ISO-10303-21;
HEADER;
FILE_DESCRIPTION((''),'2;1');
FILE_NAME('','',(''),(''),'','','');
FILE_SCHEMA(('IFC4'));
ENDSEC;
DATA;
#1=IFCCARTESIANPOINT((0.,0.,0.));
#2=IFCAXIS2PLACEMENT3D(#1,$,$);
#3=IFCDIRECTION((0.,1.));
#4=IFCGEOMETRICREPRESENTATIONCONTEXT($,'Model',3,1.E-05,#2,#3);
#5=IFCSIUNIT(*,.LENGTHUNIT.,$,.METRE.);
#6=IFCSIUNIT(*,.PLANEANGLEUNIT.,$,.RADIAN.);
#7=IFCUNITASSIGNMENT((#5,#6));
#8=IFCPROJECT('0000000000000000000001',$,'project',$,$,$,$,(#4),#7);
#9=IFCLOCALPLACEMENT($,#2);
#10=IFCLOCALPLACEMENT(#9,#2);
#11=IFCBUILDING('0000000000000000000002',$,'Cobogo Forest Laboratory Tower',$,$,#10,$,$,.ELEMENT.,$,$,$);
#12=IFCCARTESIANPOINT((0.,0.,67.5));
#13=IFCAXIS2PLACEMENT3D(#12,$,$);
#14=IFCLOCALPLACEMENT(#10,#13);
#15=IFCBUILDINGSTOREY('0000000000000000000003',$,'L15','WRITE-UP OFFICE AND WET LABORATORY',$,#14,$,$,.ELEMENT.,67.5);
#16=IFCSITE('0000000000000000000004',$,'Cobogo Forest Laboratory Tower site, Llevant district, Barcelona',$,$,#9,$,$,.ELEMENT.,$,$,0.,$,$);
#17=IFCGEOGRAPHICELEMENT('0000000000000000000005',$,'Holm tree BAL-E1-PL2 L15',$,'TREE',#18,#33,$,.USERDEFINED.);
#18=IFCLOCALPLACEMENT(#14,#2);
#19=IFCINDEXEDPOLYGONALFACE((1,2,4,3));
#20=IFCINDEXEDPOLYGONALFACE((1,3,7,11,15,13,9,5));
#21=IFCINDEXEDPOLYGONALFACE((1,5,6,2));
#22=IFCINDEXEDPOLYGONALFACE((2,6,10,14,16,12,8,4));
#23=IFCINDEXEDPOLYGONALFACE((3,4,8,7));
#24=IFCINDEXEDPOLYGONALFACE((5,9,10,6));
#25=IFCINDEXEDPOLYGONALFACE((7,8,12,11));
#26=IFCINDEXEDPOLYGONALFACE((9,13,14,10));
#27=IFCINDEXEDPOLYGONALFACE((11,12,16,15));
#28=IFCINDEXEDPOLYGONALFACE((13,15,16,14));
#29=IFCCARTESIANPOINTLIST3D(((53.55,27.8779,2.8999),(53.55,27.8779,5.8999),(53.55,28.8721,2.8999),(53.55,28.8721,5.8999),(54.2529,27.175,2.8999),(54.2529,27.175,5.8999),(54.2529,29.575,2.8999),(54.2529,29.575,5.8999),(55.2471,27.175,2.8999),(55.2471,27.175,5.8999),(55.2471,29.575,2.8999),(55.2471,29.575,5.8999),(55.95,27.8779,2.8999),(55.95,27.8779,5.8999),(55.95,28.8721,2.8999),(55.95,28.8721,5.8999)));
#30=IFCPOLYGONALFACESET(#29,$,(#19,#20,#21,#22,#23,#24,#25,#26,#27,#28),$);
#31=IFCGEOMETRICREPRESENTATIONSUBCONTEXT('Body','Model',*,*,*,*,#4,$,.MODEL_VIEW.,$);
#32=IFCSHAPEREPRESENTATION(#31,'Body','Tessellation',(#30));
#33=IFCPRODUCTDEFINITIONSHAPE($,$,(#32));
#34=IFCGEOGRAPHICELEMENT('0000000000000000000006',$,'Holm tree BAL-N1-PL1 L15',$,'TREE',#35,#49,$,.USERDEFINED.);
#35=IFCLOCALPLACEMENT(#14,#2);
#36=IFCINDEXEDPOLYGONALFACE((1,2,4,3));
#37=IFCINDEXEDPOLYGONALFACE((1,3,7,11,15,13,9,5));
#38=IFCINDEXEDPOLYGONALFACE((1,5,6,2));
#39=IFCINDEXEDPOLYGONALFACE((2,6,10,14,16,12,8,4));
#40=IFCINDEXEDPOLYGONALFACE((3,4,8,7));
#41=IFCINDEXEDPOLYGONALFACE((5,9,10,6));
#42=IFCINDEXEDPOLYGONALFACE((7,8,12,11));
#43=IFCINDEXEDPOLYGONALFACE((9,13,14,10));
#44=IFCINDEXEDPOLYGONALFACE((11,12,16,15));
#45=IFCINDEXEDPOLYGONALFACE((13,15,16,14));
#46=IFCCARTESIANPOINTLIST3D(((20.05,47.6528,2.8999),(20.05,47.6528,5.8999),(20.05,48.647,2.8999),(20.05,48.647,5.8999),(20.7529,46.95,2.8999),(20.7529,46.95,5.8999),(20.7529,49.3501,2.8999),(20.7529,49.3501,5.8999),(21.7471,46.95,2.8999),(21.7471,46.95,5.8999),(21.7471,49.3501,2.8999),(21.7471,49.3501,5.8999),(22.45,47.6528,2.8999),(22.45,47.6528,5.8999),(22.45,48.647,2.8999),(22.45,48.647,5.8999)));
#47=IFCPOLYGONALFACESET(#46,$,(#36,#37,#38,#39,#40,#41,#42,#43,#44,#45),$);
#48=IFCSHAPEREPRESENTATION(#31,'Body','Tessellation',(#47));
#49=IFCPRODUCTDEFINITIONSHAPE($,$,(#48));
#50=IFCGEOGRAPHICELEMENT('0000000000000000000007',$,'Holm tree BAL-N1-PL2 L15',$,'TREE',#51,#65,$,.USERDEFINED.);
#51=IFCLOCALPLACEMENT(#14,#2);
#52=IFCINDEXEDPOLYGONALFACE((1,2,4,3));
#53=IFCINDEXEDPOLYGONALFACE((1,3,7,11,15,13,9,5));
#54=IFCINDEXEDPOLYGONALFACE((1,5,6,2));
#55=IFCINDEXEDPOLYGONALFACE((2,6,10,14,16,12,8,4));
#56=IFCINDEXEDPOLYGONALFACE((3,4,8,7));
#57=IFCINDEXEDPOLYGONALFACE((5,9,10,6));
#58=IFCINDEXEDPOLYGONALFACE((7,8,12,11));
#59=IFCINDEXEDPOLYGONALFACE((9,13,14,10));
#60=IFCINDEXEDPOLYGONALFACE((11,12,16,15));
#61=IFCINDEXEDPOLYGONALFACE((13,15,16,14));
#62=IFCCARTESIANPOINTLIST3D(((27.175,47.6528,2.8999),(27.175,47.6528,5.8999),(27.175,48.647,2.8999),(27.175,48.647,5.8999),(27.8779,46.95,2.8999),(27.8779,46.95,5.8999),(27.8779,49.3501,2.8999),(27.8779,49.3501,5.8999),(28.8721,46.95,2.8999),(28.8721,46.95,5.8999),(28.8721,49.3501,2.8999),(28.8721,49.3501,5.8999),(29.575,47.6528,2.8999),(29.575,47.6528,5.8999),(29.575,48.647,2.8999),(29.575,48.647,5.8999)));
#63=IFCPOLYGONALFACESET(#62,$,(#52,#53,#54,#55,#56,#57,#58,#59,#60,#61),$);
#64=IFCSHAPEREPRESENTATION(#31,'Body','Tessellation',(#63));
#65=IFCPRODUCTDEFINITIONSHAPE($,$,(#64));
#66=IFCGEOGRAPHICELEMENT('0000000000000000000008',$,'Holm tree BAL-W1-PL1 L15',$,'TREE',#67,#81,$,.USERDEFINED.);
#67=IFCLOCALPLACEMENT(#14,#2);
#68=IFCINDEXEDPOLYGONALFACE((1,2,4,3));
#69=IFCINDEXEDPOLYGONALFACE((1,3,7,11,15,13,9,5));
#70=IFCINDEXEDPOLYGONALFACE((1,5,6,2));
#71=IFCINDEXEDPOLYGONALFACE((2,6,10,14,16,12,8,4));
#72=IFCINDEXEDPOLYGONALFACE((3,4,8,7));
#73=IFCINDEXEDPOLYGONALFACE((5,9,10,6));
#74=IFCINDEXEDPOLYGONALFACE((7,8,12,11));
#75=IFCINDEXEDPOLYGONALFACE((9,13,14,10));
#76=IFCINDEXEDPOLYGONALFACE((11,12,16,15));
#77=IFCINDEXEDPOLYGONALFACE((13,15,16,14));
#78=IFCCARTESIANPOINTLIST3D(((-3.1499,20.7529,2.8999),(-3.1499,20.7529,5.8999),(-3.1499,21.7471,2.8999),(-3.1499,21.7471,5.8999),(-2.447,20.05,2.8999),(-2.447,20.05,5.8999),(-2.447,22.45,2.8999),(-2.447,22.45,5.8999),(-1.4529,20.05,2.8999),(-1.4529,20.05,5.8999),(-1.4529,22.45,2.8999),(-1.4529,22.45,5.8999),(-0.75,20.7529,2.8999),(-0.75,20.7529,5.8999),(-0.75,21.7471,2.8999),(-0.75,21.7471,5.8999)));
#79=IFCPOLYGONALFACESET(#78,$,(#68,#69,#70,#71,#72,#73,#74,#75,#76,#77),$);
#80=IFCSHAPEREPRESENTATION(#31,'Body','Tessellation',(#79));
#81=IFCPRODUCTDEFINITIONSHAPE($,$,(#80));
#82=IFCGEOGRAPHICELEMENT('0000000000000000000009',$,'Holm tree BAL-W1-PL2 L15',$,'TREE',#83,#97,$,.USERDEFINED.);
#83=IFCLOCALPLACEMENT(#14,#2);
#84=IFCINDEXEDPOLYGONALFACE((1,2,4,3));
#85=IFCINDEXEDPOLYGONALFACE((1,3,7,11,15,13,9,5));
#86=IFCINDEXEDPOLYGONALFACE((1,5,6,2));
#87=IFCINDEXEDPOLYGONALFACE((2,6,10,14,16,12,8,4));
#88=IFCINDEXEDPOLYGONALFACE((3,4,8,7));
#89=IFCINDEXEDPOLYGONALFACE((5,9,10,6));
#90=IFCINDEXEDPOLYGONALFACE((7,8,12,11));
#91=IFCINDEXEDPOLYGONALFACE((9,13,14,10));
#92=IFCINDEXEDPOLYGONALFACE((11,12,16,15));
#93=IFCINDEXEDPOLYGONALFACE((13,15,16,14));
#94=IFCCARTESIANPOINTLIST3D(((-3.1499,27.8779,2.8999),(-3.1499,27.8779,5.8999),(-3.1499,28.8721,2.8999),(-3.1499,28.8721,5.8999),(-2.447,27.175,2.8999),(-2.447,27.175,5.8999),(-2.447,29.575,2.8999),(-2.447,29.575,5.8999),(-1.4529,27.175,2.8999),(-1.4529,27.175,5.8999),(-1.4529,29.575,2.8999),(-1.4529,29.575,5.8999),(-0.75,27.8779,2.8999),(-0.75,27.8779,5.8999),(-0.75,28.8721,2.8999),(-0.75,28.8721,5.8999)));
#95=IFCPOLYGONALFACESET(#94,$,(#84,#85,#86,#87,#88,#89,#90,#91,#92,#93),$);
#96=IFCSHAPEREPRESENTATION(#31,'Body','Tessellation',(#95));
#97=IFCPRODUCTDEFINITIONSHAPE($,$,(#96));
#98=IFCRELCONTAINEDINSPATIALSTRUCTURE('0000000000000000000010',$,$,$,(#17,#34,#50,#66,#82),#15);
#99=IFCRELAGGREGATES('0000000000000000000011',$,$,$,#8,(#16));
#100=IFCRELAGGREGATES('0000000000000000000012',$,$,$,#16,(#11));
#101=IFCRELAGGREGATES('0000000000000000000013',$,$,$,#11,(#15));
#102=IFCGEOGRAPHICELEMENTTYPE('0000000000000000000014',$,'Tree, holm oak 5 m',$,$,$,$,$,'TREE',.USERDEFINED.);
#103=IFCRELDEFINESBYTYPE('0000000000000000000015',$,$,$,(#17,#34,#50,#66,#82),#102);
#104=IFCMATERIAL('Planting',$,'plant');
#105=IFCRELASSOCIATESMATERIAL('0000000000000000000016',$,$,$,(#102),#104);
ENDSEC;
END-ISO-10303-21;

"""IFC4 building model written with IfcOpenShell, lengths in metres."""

from ifc_helpers import new_model, si_unit, direction, frame, origin, place, context, subcontext, project, spatial, polyline, outline, extrude, material, type_object, element, save


model = new_model("IFC4")

# Units and contexts
model_context = context("Model", 3, precision=1e-05, world=origin(), true_north=direction((0.0, 1.0)))
body_context = subcontext(model_context, "Body", "Model", "MODEL_VIEW")
ifc_project = project(units=[si_unit("LENGTHUNIT", "METRE"), si_unit("PLANEANGLEUNIT", "RADIAN")], contexts=[model_context])

# Site, building, storey
site_placement = place(None, origin())
site = spatial("IfcSite", under=ifc_project, at=site_placement, Name="Cobogo Forest Laboratory Tower site, Llevant district, Barcelona", CompositionType="ELEMENT", RefElevation=0.0)
building_placement = place(site_placement, origin())
building = spatial("IfcBuilding", under=site, at=building_placement, Name="Cobogo Forest Laboratory Tower", CompositionType="ELEMENT")
storey_placement = place(building_placement, frame((0.0, 0.0, 67.5)))
storey = spatial("IfcBuildingStorey", under=building, at=storey_placement, Name="L15", Description="WRITE-UP OFFICE AND WET LABORATORY", CompositionType="ELEMENT", Elevation=67.5)

# Geographic elements
ifc_material_1 = material(Name="Planting", Category="plant")
geographic_element_type = type_object("IfcGeographicElementType", Name="Tree, holm oak 5 m", ElementType="TREE", PredefinedType="USERDEFINED", material=ifc_material_1)
geographic_element_1_placement = place(storey_placement, frame((0.0, 0.0, 2.8999)))
element("IfcGeographicElement", 1, at=geographic_element_1_placement, inside=storey, type_object=geographic_element_type, Name="Holm tree BAL-E1-PL2 L15", ObjectType="TREE", PredefinedType="USERDEFINED", context=body_context, shape_type="SweptSolid", body=[
    extrude(outline(polyline([(55.95, 27.8779), (55.95, 28.8721), (55.2471, 29.575), (54.2529, 29.575), (53.55, 28.8721), (53.55, 27.8779), (54.2529, 27.175), (55.2471, 27.175), (55.95, 27.8779)])), origin(), (0.0, 0.0, 1.0), 3.0),
])
geographic_element_2_placement = place(storey_placement, frame((0.0, 0.0, 2.8999)))
element("IfcGeographicElement", 2, at=geographic_element_2_placement, inside=storey, type_object=geographic_element_type, Name="Holm tree BAL-N1-PL1 L15", ObjectType="TREE", PredefinedType="USERDEFINED", context=body_context, shape_type="SweptSolid", body=[
    extrude(outline(polyline([(22.45, 47.6528), (22.45, 48.647), (21.7471, 49.3501), (20.7529, 49.3501), (20.05, 48.647), (20.05, 47.6528), (20.7529, 46.95), (21.7471, 46.95), (22.45, 47.6528)])), origin(), (0.0, 0.0, 1.0), 3.0),
])
geographic_element_3_placement = place(storey_placement, frame((0.0, 0.0, 2.8999)))
element("IfcGeographicElement", 3, at=geographic_element_3_placement, inside=storey, type_object=geographic_element_type, Name="Holm tree BAL-N1-PL2 L15", ObjectType="TREE", PredefinedType="USERDEFINED", context=body_context, shape_type="SweptSolid", body=[
    extrude(outline(polyline([(29.575, 47.6528), (29.575, 48.647), (28.8721, 49.3501), (27.8779, 49.3501), (27.175, 48.647), (27.175, 47.6528), (27.8779, 46.95), (28.8721, 46.95), (29.575, 47.6528)])), origin(), (0.0, 0.0, 1.0), 3.0),
])
geographic_element_4_placement = place(storey_placement, frame((0.0, 0.0, 2.8999)))
element("IfcGeographicElement", 4, at=geographic_element_4_placement, inside=storey, type_object=geographic_element_type, Name="Holm tree BAL-W1-PL1 L15", ObjectType="TREE", PredefinedType="USERDEFINED", context=body_context, shape_type="SweptSolid", body=[
    extrude(outline(polyline([(-0.75, 20.7529), (-0.75, 21.7471), (-1.4529, 22.45), (-2.447, 22.45), (-3.1499, 21.7471), (-3.1499, 20.7529), (-2.447, 20.05), (-1.4529, 20.05), (-0.75, 20.7529)])), origin(), (0.0, 0.0, 1.0), 3.0),
])
geographic_element_5_placement = place(storey_placement, frame((0.0, 0.0, 2.8999)))
element("IfcGeographicElement", 5, at=geographic_element_5_placement, inside=storey, type_object=geographic_element_type, Name="Holm tree BAL-W1-PL2 L15", ObjectType="TREE", PredefinedType="USERDEFINED", context=body_context, shape_type="SweptSolid", body=[
    extrude(outline(polyline([(-0.75, 27.8779), (-0.75, 28.8721), (-1.4529, 29.575), (-2.447, 29.575), (-3.1499, 28.8721), (-3.1499, 27.8779), (-2.447, 27.175), (-1.4529, 27.175), (-0.75, 27.8779)])), origin(), (0.0, 0.0, 1.0), 3.0),
])

save(model, "model.ifc")
